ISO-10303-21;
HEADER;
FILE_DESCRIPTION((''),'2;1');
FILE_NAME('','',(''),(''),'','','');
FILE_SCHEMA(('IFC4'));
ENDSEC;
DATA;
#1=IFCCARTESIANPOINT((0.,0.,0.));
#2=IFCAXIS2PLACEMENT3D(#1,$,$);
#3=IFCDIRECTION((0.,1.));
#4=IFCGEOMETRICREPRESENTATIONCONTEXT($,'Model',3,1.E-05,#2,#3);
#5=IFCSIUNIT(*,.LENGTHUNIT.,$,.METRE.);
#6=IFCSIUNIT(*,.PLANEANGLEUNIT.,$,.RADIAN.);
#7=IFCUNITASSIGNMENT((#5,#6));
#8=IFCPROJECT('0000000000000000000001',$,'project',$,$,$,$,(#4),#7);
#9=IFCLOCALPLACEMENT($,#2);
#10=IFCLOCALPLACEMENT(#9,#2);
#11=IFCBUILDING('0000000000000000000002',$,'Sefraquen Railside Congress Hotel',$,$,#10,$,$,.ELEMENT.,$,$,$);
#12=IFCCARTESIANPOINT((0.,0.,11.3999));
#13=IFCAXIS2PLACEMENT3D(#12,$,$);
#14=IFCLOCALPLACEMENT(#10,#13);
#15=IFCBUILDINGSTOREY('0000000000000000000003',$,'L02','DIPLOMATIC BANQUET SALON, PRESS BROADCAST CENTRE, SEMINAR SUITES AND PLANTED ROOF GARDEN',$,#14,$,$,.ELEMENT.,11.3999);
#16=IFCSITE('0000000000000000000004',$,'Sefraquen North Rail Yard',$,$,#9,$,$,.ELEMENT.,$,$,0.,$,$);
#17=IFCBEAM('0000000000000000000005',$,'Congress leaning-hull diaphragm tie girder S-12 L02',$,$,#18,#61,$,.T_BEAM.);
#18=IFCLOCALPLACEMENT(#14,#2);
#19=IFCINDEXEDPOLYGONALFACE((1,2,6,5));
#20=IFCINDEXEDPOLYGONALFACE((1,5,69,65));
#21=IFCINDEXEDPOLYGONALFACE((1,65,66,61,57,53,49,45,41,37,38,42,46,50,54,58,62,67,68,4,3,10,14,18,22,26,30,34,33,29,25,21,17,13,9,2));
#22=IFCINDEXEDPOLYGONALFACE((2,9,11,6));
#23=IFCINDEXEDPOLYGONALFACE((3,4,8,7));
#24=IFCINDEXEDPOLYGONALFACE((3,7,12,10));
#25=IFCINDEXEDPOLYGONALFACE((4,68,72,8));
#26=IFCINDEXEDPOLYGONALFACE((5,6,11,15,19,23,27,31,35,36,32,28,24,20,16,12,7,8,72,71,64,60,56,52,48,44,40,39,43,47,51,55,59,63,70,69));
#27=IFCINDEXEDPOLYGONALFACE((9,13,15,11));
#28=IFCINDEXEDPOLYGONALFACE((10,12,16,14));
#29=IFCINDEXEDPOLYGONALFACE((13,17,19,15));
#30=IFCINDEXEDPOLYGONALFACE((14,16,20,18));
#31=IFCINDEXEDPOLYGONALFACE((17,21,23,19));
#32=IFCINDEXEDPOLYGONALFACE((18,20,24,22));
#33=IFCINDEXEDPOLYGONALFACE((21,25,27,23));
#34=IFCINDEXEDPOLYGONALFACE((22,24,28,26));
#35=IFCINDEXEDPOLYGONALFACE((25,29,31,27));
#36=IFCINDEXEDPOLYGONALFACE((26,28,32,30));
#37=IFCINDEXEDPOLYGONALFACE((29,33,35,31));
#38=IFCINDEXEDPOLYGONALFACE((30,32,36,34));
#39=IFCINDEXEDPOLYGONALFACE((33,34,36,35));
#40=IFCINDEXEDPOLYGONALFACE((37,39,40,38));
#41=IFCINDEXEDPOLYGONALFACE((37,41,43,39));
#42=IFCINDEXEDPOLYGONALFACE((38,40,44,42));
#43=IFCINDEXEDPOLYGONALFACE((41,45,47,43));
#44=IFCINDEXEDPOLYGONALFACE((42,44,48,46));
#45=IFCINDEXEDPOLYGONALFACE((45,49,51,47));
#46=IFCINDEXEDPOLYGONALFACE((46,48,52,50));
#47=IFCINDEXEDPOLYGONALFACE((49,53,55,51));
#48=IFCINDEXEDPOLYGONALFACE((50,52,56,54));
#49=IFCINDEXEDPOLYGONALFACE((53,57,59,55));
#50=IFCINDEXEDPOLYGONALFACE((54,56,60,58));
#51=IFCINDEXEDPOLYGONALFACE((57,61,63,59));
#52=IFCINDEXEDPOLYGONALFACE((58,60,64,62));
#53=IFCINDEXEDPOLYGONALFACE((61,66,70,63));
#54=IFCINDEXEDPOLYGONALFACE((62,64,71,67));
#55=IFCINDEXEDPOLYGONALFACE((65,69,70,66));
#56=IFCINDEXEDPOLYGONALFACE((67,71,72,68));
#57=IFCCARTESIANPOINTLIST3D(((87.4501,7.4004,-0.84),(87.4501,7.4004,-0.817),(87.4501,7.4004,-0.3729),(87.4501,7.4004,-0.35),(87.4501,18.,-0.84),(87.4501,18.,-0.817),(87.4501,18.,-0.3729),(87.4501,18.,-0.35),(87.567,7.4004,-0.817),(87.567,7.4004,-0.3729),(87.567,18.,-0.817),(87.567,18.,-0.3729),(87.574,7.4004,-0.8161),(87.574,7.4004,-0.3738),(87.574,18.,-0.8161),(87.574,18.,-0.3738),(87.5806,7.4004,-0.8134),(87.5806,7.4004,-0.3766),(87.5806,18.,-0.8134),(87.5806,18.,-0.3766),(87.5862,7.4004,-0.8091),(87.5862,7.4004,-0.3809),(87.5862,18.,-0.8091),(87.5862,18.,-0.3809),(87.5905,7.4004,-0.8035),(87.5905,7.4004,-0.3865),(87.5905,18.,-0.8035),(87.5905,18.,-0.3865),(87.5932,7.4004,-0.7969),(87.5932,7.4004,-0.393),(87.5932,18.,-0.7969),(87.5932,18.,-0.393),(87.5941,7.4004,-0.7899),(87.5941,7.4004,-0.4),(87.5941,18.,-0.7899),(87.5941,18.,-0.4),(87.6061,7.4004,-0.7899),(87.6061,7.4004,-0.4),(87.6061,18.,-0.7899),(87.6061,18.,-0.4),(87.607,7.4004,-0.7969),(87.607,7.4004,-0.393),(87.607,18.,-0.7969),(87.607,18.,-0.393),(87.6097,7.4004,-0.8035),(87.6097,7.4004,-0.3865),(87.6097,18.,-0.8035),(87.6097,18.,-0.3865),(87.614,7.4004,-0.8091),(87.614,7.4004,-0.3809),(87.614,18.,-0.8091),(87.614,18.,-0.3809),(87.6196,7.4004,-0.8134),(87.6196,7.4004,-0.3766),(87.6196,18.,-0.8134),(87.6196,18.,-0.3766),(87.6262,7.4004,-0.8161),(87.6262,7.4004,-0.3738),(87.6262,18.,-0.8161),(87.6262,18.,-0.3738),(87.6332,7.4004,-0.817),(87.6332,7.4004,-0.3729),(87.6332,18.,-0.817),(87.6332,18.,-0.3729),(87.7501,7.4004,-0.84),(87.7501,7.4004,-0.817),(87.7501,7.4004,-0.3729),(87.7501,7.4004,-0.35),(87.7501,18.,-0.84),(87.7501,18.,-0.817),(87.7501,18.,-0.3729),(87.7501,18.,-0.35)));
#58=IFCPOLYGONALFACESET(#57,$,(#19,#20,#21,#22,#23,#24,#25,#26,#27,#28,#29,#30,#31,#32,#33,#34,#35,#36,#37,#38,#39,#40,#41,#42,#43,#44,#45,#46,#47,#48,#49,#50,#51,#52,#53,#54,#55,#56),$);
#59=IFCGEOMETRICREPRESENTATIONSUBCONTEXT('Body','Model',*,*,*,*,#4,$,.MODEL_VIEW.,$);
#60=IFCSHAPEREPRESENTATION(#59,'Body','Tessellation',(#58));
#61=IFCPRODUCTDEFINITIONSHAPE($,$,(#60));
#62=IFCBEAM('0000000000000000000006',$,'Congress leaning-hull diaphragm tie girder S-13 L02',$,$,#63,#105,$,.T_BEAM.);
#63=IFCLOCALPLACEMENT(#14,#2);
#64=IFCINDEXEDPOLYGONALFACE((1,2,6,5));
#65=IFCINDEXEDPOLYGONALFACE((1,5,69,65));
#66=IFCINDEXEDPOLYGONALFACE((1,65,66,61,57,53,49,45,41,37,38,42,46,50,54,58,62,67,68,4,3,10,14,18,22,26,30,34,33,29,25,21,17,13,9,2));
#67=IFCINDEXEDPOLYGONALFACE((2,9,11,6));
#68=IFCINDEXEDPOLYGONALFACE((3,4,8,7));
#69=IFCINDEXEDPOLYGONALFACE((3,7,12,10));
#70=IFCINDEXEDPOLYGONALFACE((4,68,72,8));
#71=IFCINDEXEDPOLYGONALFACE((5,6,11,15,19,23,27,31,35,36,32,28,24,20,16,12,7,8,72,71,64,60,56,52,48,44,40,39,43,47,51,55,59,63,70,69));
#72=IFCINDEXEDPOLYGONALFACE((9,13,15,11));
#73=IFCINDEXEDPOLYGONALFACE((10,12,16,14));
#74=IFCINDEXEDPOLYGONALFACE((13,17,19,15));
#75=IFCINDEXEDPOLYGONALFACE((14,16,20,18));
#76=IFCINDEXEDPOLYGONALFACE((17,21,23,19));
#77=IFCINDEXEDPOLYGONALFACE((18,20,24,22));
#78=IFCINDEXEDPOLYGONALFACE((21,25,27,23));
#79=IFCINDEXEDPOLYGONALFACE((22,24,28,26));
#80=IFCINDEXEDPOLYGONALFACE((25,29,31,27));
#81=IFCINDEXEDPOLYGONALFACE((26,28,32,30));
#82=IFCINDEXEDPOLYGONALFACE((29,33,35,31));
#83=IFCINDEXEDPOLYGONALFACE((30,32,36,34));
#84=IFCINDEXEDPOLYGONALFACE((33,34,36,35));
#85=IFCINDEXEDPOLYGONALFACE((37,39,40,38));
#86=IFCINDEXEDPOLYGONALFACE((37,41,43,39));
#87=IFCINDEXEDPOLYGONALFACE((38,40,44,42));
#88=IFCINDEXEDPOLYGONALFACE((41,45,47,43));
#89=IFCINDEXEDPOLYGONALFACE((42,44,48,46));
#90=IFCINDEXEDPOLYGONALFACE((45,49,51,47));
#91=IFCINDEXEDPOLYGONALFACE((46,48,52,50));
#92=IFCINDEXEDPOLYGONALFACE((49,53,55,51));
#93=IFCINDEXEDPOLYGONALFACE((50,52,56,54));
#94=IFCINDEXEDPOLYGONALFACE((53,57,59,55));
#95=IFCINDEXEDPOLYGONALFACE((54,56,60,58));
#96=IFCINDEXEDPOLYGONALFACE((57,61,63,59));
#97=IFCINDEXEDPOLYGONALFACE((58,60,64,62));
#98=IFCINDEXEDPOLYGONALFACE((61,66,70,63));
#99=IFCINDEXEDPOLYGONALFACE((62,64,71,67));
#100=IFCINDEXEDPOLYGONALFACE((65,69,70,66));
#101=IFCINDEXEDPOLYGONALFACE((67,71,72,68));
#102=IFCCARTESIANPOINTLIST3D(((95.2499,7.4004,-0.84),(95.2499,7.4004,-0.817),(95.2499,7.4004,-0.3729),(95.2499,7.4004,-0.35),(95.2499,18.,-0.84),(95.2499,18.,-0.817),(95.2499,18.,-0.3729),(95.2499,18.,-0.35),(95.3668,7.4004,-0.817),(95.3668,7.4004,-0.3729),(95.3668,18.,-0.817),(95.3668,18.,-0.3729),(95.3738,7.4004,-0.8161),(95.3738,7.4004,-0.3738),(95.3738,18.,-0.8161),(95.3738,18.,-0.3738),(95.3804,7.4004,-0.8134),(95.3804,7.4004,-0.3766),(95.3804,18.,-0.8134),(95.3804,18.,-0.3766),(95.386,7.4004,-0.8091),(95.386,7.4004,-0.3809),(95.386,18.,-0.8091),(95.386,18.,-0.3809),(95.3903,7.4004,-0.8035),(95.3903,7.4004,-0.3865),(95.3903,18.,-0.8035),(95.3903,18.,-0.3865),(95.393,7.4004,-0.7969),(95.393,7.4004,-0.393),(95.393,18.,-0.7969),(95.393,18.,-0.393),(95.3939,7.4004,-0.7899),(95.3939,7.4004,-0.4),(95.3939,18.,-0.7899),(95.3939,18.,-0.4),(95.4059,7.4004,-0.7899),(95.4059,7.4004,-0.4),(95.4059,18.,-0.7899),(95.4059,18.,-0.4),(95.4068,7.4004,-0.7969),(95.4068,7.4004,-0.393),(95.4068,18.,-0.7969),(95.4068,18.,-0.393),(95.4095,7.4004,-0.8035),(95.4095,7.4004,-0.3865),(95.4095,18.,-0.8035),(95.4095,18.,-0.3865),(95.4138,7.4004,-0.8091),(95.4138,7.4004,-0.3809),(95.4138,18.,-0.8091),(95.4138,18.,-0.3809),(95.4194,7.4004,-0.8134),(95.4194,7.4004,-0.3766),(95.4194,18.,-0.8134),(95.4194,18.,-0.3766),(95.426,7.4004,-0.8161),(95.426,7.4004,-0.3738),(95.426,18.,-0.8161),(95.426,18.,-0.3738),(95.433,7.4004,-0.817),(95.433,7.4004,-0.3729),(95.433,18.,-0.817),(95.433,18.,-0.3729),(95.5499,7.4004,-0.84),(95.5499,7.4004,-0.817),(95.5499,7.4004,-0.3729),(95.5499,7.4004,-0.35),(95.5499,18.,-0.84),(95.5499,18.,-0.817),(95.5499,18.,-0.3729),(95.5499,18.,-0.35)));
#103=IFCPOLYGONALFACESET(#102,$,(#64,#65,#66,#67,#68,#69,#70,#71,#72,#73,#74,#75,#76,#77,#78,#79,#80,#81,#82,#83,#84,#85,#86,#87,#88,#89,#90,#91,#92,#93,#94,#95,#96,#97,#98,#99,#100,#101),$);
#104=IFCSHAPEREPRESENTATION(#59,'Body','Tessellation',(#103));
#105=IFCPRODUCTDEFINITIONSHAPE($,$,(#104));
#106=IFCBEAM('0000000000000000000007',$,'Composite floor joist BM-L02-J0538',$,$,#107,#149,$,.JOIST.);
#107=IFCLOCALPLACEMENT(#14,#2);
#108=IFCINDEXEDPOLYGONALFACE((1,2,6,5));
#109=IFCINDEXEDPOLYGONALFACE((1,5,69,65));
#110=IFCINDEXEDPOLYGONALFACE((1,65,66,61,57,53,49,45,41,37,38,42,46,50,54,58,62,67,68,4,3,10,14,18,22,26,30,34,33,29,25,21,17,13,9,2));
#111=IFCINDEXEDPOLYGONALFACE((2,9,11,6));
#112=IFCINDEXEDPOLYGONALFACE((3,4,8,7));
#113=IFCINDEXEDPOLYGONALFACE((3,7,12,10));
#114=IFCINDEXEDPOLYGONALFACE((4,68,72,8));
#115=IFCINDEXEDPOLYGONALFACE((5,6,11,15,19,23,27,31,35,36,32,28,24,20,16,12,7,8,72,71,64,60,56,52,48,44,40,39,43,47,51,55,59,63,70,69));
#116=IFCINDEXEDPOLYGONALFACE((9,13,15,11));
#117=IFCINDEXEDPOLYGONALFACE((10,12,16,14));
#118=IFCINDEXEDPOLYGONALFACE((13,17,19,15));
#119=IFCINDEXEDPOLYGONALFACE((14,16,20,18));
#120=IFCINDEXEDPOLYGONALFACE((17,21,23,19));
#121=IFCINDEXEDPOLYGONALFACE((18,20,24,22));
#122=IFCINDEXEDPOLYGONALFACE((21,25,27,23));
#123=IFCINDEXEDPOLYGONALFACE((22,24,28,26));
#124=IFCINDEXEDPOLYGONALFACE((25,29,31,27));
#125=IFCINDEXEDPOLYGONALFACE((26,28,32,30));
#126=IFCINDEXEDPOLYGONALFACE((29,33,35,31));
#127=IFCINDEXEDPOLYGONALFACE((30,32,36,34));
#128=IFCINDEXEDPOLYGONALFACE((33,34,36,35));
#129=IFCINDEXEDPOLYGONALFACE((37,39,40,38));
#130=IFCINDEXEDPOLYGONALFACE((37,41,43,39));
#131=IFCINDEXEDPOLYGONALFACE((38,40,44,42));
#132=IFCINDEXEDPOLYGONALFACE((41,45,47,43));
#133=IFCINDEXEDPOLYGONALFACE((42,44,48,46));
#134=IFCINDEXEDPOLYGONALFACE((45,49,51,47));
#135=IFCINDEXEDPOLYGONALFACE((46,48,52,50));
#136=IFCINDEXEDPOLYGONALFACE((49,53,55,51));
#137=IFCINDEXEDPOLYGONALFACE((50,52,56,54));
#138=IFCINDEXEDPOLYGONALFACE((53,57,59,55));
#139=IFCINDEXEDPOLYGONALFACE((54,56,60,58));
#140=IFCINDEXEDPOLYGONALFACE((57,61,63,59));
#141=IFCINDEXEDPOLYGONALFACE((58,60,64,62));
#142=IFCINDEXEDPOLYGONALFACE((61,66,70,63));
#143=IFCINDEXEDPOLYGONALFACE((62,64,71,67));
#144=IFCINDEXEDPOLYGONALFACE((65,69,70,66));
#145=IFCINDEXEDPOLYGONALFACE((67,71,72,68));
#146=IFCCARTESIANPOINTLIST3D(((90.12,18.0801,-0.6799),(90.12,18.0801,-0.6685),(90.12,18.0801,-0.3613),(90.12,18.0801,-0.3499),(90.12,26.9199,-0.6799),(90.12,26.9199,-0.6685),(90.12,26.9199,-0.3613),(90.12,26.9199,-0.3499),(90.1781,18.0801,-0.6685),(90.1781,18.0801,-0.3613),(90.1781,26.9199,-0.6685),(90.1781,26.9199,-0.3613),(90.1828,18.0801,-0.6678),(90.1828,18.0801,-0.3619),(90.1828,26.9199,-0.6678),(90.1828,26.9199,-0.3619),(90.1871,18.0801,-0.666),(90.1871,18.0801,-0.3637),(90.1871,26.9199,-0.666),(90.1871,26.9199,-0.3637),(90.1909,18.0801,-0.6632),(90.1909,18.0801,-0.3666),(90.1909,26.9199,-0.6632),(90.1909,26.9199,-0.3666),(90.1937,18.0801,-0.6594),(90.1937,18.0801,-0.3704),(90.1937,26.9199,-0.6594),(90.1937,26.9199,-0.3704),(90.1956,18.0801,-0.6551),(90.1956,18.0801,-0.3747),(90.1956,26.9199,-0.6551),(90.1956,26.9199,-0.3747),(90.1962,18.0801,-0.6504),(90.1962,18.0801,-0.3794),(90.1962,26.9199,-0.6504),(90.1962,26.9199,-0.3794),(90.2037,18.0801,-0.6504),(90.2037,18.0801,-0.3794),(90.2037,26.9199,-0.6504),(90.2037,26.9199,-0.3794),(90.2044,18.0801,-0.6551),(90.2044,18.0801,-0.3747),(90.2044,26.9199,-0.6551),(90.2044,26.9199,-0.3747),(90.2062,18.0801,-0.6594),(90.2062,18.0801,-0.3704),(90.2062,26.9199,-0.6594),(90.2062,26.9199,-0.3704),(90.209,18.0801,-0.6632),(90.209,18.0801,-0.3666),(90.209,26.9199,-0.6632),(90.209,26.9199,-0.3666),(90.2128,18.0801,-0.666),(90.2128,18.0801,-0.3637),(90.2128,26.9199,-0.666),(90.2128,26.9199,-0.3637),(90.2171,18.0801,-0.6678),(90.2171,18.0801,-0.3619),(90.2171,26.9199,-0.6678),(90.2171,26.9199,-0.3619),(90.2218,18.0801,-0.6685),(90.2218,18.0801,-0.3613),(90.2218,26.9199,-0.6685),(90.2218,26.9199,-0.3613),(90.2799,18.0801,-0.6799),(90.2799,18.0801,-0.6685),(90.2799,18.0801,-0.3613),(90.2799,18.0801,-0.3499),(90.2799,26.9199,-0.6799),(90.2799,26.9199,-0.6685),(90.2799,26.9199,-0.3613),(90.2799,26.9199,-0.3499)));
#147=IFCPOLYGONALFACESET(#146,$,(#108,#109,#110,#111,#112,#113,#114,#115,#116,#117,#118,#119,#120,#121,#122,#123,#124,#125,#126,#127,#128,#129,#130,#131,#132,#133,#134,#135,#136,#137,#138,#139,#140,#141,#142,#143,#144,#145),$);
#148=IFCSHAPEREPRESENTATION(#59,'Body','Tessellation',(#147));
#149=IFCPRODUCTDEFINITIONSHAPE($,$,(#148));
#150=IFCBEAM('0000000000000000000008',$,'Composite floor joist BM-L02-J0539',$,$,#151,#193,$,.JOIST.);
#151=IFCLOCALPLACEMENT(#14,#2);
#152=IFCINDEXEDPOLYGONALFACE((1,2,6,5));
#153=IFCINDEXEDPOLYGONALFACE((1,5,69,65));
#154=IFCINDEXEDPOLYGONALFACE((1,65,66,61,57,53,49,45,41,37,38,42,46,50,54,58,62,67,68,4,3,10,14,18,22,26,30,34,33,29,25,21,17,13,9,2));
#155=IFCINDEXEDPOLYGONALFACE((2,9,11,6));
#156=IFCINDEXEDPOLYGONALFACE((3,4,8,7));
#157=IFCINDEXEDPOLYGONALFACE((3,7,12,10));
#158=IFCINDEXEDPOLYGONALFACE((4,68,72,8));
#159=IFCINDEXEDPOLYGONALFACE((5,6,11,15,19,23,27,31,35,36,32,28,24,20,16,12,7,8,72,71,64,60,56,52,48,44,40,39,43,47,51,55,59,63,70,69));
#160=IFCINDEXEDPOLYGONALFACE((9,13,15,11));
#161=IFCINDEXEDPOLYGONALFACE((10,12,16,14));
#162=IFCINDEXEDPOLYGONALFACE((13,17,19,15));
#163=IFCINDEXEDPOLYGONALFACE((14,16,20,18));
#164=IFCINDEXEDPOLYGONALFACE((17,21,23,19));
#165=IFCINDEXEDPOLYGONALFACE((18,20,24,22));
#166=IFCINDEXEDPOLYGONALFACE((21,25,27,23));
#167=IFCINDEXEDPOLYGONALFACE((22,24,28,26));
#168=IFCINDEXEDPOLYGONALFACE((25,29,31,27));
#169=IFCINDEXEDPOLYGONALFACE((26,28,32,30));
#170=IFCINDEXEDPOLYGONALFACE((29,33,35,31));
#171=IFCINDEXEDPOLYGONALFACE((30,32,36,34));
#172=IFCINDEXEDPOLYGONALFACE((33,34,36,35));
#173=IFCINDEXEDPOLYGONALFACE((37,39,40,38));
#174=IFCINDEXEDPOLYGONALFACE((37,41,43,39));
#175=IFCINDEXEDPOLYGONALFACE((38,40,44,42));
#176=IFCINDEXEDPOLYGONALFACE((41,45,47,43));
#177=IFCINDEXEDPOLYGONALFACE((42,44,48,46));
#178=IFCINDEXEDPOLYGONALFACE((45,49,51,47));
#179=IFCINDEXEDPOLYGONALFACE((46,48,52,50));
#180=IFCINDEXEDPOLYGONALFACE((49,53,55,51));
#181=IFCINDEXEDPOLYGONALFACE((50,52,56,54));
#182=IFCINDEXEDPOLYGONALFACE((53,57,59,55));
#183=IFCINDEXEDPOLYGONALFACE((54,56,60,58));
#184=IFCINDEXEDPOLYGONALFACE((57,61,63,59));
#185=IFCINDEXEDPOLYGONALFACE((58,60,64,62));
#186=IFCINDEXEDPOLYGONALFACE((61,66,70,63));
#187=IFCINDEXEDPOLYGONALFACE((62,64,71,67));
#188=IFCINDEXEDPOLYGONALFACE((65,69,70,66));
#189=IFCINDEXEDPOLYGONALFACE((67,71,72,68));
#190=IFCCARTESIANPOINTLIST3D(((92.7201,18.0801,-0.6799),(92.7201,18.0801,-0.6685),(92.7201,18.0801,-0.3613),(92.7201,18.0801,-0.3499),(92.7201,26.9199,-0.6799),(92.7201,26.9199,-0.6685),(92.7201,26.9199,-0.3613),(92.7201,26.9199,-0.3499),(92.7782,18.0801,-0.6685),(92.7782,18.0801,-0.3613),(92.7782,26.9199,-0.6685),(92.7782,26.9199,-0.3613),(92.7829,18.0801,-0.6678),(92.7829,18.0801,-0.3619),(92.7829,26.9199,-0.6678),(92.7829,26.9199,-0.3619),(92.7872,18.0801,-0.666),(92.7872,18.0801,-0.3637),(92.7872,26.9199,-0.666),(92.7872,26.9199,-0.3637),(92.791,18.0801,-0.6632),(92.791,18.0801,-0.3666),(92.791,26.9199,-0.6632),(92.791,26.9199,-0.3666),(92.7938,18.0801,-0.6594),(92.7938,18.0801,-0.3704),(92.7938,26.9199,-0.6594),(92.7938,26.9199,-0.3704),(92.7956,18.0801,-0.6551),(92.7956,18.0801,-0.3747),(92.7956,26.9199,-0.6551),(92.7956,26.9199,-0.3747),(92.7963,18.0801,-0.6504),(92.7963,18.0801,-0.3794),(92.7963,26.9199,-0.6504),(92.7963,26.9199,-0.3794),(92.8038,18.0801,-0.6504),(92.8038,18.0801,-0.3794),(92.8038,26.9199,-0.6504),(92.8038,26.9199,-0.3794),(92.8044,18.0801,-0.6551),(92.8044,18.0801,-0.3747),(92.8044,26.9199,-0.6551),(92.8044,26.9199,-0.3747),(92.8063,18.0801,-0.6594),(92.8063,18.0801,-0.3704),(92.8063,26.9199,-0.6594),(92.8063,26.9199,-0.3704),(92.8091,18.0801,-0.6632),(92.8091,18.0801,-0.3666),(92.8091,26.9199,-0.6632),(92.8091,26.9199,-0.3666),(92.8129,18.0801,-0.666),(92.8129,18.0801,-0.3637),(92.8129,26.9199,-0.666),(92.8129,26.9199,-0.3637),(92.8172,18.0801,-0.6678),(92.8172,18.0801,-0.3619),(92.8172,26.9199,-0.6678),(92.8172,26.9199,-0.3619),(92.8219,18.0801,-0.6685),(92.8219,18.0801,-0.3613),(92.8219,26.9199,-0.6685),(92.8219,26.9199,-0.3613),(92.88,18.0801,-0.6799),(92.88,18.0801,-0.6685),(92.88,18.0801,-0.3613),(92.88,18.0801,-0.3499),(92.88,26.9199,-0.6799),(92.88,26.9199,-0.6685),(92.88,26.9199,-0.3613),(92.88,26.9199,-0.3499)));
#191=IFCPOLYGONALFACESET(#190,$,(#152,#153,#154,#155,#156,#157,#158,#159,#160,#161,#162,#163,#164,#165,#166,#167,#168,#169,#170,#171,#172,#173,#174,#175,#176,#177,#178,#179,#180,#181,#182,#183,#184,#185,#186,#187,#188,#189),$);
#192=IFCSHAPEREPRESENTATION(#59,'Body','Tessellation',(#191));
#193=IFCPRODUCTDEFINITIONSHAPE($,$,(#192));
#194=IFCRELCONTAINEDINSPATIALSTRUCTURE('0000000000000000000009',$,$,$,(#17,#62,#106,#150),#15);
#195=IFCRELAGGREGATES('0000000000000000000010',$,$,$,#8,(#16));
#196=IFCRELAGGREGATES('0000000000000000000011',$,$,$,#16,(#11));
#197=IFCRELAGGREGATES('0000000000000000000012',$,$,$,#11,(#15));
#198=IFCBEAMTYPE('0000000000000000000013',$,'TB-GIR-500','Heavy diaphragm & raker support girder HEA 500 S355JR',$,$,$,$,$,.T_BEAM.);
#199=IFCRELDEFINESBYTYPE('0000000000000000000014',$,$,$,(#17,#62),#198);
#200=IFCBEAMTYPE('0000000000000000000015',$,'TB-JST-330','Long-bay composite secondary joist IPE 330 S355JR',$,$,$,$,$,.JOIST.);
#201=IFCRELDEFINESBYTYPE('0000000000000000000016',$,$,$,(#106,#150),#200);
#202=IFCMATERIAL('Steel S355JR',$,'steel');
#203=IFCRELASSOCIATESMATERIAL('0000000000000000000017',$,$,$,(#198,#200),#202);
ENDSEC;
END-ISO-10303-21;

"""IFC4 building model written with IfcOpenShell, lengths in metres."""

from ifc_helpers import new_model, si_unit, direction, frame, origin, origin_2d, place, context, subcontext, project, spatial, i_section, extrude, material, material_profile, profile_set, type_object, element, save


model = new_model("IFC4")

# Units and contexts
model_context = context("Model", 3, precision=1e-05, world=origin(), true_north=direction((0.0, 1.0)))
body_context = subcontext(model_context, "Body", "Model", "MODEL_VIEW")
ifc_project = project(units=[si_unit("LENGTHUNIT", "METRE"), si_unit("PLANEANGLEUNIT", "RADIAN")], contexts=[model_context])

# Site, building, storey
site_placement = place(None, origin())
site = spatial("IfcSite", under=ifc_project, at=site_placement, Name="Sefraquen North Rail Yard", CompositionType="ELEMENT", RefElevation=0.0)
building_placement = place(site_placement, origin())
building = spatial("IfcBuilding", under=site, at=building_placement, Name="Sefraquen Railside Congress Hotel", CompositionType="ELEMENT")
storey_placement = place(building_placement, frame((0.0, 0.0, 11.3999)))
storey = spatial("IfcBuildingStorey", under=building, at=storey_placement, Name="L02", Description="DIPLOMATIC BANQUET SALON, PRESS BROADCAST CENTRE, SEMINAR SUITES AND PLANTED ROOF GARDEN", CompositionType="ELEMENT", Elevation=11.3999)

# Shared definitions
ifc_material_1 = material(Name="Steel S355JR", Category="steel")

# Beams
ifc_material_profile_1 = material_profile(ifc_material_1, i_section(OverallWidth=0.3, OverallDepth=0.49, WebThickness=0.012, FlangeThickness=0.0229, FilletRadius=0.0271, at=origin_2d()), Name="HEA 500")
ifc_profile_set_1 = profile_set([ifc_material_profile_1], Name="Steel S355JR")
beam_type_1 = type_object("IfcBeamType", Name="TB-GIR-500", Description="Heavy diaphragm & raker support girder HEA 500 S355JR", PredefinedType="T_BEAM", material=ifc_profile_set_1)
for number, where, z_axis, x_axis, name in (
    (1, (87.6001, 7.4004, -0.595), (0.0, 1.0, 0.0), (-1.0, 0.0, 0.0), "Congress leaning-hull diaphragm tie girder S-12 L02"),
    (2, (95.3999, 7.4004, -0.595), (0.0, 1.0, 0.0), (-1.0, 0.0, 0.0), "Congress leaning-hull diaphragm tie girder S-13 L02"),
):
    element("IfcBeam", number, at=place(storey_placement, frame(where, z_axis=z_axis, x_axis=x_axis)), inside=storey, type_object=beam_type_1, Name=name, PredefinedType="T_BEAM", context=body_context, shape_type="SweptSolid", body=[
        extrude(i_section(OverallWidth=0.3, OverallDepth=0.49, WebThickness=0.012, FlangeThickness=0.0229, FilletRadius=0.0271, at=origin_2d()), origin(), (0.0, 0.0, 1.0), 10.5996),
    ])
ifc_material_profile_2 = material_profile(ifc_material_1, i_section(OverallWidth=0.1599, OverallDepth=0.3301, WebThickness=0.0076, FlangeThickness=0.0115, FilletRadius=0.0181, at=origin_2d()), Name="IPE 330")
ifc_profile_set_2 = profile_set([ifc_material_profile_2], Name="Steel S355JR")
beam_type_2 = type_object("IfcBeamType", Name="TB-JST-330", Description="Long-bay composite secondary joist IPE 330 S355JR", PredefinedType="JOIST", material=ifc_profile_set_2)
for number, where, z_axis, x_axis, name in (
    (3, (90.2, 18.0801, -0.5149), (0.0, 1.0, 0.0), (-1.0, 0.0, 0.0), "Composite floor joist BM-L02-J0538"),
    (4, (92.8, 18.0801, -0.5149), (0.0, 1.0, 0.0), (-1.0, 0.0, 0.0), "Composite floor joist BM-L02-J0539"),
):
    element("IfcBeam", number, at=place(storey_placement, frame(where, z_axis=z_axis, x_axis=x_axis)), inside=storey, type_object=beam_type_2, Name=name, PredefinedType="JOIST", context=body_context, shape_type="SweptSolid", body=[
        extrude(i_section(OverallWidth=0.1599, OverallDepth=0.3301, WebThickness=0.0076, FlangeThickness=0.0115, FilletRadius=0.0181, at=origin_2d()), origin(), (0.0, 0.0, 1.0), 8.8398),
    ])

save(model, "model.ifc")
